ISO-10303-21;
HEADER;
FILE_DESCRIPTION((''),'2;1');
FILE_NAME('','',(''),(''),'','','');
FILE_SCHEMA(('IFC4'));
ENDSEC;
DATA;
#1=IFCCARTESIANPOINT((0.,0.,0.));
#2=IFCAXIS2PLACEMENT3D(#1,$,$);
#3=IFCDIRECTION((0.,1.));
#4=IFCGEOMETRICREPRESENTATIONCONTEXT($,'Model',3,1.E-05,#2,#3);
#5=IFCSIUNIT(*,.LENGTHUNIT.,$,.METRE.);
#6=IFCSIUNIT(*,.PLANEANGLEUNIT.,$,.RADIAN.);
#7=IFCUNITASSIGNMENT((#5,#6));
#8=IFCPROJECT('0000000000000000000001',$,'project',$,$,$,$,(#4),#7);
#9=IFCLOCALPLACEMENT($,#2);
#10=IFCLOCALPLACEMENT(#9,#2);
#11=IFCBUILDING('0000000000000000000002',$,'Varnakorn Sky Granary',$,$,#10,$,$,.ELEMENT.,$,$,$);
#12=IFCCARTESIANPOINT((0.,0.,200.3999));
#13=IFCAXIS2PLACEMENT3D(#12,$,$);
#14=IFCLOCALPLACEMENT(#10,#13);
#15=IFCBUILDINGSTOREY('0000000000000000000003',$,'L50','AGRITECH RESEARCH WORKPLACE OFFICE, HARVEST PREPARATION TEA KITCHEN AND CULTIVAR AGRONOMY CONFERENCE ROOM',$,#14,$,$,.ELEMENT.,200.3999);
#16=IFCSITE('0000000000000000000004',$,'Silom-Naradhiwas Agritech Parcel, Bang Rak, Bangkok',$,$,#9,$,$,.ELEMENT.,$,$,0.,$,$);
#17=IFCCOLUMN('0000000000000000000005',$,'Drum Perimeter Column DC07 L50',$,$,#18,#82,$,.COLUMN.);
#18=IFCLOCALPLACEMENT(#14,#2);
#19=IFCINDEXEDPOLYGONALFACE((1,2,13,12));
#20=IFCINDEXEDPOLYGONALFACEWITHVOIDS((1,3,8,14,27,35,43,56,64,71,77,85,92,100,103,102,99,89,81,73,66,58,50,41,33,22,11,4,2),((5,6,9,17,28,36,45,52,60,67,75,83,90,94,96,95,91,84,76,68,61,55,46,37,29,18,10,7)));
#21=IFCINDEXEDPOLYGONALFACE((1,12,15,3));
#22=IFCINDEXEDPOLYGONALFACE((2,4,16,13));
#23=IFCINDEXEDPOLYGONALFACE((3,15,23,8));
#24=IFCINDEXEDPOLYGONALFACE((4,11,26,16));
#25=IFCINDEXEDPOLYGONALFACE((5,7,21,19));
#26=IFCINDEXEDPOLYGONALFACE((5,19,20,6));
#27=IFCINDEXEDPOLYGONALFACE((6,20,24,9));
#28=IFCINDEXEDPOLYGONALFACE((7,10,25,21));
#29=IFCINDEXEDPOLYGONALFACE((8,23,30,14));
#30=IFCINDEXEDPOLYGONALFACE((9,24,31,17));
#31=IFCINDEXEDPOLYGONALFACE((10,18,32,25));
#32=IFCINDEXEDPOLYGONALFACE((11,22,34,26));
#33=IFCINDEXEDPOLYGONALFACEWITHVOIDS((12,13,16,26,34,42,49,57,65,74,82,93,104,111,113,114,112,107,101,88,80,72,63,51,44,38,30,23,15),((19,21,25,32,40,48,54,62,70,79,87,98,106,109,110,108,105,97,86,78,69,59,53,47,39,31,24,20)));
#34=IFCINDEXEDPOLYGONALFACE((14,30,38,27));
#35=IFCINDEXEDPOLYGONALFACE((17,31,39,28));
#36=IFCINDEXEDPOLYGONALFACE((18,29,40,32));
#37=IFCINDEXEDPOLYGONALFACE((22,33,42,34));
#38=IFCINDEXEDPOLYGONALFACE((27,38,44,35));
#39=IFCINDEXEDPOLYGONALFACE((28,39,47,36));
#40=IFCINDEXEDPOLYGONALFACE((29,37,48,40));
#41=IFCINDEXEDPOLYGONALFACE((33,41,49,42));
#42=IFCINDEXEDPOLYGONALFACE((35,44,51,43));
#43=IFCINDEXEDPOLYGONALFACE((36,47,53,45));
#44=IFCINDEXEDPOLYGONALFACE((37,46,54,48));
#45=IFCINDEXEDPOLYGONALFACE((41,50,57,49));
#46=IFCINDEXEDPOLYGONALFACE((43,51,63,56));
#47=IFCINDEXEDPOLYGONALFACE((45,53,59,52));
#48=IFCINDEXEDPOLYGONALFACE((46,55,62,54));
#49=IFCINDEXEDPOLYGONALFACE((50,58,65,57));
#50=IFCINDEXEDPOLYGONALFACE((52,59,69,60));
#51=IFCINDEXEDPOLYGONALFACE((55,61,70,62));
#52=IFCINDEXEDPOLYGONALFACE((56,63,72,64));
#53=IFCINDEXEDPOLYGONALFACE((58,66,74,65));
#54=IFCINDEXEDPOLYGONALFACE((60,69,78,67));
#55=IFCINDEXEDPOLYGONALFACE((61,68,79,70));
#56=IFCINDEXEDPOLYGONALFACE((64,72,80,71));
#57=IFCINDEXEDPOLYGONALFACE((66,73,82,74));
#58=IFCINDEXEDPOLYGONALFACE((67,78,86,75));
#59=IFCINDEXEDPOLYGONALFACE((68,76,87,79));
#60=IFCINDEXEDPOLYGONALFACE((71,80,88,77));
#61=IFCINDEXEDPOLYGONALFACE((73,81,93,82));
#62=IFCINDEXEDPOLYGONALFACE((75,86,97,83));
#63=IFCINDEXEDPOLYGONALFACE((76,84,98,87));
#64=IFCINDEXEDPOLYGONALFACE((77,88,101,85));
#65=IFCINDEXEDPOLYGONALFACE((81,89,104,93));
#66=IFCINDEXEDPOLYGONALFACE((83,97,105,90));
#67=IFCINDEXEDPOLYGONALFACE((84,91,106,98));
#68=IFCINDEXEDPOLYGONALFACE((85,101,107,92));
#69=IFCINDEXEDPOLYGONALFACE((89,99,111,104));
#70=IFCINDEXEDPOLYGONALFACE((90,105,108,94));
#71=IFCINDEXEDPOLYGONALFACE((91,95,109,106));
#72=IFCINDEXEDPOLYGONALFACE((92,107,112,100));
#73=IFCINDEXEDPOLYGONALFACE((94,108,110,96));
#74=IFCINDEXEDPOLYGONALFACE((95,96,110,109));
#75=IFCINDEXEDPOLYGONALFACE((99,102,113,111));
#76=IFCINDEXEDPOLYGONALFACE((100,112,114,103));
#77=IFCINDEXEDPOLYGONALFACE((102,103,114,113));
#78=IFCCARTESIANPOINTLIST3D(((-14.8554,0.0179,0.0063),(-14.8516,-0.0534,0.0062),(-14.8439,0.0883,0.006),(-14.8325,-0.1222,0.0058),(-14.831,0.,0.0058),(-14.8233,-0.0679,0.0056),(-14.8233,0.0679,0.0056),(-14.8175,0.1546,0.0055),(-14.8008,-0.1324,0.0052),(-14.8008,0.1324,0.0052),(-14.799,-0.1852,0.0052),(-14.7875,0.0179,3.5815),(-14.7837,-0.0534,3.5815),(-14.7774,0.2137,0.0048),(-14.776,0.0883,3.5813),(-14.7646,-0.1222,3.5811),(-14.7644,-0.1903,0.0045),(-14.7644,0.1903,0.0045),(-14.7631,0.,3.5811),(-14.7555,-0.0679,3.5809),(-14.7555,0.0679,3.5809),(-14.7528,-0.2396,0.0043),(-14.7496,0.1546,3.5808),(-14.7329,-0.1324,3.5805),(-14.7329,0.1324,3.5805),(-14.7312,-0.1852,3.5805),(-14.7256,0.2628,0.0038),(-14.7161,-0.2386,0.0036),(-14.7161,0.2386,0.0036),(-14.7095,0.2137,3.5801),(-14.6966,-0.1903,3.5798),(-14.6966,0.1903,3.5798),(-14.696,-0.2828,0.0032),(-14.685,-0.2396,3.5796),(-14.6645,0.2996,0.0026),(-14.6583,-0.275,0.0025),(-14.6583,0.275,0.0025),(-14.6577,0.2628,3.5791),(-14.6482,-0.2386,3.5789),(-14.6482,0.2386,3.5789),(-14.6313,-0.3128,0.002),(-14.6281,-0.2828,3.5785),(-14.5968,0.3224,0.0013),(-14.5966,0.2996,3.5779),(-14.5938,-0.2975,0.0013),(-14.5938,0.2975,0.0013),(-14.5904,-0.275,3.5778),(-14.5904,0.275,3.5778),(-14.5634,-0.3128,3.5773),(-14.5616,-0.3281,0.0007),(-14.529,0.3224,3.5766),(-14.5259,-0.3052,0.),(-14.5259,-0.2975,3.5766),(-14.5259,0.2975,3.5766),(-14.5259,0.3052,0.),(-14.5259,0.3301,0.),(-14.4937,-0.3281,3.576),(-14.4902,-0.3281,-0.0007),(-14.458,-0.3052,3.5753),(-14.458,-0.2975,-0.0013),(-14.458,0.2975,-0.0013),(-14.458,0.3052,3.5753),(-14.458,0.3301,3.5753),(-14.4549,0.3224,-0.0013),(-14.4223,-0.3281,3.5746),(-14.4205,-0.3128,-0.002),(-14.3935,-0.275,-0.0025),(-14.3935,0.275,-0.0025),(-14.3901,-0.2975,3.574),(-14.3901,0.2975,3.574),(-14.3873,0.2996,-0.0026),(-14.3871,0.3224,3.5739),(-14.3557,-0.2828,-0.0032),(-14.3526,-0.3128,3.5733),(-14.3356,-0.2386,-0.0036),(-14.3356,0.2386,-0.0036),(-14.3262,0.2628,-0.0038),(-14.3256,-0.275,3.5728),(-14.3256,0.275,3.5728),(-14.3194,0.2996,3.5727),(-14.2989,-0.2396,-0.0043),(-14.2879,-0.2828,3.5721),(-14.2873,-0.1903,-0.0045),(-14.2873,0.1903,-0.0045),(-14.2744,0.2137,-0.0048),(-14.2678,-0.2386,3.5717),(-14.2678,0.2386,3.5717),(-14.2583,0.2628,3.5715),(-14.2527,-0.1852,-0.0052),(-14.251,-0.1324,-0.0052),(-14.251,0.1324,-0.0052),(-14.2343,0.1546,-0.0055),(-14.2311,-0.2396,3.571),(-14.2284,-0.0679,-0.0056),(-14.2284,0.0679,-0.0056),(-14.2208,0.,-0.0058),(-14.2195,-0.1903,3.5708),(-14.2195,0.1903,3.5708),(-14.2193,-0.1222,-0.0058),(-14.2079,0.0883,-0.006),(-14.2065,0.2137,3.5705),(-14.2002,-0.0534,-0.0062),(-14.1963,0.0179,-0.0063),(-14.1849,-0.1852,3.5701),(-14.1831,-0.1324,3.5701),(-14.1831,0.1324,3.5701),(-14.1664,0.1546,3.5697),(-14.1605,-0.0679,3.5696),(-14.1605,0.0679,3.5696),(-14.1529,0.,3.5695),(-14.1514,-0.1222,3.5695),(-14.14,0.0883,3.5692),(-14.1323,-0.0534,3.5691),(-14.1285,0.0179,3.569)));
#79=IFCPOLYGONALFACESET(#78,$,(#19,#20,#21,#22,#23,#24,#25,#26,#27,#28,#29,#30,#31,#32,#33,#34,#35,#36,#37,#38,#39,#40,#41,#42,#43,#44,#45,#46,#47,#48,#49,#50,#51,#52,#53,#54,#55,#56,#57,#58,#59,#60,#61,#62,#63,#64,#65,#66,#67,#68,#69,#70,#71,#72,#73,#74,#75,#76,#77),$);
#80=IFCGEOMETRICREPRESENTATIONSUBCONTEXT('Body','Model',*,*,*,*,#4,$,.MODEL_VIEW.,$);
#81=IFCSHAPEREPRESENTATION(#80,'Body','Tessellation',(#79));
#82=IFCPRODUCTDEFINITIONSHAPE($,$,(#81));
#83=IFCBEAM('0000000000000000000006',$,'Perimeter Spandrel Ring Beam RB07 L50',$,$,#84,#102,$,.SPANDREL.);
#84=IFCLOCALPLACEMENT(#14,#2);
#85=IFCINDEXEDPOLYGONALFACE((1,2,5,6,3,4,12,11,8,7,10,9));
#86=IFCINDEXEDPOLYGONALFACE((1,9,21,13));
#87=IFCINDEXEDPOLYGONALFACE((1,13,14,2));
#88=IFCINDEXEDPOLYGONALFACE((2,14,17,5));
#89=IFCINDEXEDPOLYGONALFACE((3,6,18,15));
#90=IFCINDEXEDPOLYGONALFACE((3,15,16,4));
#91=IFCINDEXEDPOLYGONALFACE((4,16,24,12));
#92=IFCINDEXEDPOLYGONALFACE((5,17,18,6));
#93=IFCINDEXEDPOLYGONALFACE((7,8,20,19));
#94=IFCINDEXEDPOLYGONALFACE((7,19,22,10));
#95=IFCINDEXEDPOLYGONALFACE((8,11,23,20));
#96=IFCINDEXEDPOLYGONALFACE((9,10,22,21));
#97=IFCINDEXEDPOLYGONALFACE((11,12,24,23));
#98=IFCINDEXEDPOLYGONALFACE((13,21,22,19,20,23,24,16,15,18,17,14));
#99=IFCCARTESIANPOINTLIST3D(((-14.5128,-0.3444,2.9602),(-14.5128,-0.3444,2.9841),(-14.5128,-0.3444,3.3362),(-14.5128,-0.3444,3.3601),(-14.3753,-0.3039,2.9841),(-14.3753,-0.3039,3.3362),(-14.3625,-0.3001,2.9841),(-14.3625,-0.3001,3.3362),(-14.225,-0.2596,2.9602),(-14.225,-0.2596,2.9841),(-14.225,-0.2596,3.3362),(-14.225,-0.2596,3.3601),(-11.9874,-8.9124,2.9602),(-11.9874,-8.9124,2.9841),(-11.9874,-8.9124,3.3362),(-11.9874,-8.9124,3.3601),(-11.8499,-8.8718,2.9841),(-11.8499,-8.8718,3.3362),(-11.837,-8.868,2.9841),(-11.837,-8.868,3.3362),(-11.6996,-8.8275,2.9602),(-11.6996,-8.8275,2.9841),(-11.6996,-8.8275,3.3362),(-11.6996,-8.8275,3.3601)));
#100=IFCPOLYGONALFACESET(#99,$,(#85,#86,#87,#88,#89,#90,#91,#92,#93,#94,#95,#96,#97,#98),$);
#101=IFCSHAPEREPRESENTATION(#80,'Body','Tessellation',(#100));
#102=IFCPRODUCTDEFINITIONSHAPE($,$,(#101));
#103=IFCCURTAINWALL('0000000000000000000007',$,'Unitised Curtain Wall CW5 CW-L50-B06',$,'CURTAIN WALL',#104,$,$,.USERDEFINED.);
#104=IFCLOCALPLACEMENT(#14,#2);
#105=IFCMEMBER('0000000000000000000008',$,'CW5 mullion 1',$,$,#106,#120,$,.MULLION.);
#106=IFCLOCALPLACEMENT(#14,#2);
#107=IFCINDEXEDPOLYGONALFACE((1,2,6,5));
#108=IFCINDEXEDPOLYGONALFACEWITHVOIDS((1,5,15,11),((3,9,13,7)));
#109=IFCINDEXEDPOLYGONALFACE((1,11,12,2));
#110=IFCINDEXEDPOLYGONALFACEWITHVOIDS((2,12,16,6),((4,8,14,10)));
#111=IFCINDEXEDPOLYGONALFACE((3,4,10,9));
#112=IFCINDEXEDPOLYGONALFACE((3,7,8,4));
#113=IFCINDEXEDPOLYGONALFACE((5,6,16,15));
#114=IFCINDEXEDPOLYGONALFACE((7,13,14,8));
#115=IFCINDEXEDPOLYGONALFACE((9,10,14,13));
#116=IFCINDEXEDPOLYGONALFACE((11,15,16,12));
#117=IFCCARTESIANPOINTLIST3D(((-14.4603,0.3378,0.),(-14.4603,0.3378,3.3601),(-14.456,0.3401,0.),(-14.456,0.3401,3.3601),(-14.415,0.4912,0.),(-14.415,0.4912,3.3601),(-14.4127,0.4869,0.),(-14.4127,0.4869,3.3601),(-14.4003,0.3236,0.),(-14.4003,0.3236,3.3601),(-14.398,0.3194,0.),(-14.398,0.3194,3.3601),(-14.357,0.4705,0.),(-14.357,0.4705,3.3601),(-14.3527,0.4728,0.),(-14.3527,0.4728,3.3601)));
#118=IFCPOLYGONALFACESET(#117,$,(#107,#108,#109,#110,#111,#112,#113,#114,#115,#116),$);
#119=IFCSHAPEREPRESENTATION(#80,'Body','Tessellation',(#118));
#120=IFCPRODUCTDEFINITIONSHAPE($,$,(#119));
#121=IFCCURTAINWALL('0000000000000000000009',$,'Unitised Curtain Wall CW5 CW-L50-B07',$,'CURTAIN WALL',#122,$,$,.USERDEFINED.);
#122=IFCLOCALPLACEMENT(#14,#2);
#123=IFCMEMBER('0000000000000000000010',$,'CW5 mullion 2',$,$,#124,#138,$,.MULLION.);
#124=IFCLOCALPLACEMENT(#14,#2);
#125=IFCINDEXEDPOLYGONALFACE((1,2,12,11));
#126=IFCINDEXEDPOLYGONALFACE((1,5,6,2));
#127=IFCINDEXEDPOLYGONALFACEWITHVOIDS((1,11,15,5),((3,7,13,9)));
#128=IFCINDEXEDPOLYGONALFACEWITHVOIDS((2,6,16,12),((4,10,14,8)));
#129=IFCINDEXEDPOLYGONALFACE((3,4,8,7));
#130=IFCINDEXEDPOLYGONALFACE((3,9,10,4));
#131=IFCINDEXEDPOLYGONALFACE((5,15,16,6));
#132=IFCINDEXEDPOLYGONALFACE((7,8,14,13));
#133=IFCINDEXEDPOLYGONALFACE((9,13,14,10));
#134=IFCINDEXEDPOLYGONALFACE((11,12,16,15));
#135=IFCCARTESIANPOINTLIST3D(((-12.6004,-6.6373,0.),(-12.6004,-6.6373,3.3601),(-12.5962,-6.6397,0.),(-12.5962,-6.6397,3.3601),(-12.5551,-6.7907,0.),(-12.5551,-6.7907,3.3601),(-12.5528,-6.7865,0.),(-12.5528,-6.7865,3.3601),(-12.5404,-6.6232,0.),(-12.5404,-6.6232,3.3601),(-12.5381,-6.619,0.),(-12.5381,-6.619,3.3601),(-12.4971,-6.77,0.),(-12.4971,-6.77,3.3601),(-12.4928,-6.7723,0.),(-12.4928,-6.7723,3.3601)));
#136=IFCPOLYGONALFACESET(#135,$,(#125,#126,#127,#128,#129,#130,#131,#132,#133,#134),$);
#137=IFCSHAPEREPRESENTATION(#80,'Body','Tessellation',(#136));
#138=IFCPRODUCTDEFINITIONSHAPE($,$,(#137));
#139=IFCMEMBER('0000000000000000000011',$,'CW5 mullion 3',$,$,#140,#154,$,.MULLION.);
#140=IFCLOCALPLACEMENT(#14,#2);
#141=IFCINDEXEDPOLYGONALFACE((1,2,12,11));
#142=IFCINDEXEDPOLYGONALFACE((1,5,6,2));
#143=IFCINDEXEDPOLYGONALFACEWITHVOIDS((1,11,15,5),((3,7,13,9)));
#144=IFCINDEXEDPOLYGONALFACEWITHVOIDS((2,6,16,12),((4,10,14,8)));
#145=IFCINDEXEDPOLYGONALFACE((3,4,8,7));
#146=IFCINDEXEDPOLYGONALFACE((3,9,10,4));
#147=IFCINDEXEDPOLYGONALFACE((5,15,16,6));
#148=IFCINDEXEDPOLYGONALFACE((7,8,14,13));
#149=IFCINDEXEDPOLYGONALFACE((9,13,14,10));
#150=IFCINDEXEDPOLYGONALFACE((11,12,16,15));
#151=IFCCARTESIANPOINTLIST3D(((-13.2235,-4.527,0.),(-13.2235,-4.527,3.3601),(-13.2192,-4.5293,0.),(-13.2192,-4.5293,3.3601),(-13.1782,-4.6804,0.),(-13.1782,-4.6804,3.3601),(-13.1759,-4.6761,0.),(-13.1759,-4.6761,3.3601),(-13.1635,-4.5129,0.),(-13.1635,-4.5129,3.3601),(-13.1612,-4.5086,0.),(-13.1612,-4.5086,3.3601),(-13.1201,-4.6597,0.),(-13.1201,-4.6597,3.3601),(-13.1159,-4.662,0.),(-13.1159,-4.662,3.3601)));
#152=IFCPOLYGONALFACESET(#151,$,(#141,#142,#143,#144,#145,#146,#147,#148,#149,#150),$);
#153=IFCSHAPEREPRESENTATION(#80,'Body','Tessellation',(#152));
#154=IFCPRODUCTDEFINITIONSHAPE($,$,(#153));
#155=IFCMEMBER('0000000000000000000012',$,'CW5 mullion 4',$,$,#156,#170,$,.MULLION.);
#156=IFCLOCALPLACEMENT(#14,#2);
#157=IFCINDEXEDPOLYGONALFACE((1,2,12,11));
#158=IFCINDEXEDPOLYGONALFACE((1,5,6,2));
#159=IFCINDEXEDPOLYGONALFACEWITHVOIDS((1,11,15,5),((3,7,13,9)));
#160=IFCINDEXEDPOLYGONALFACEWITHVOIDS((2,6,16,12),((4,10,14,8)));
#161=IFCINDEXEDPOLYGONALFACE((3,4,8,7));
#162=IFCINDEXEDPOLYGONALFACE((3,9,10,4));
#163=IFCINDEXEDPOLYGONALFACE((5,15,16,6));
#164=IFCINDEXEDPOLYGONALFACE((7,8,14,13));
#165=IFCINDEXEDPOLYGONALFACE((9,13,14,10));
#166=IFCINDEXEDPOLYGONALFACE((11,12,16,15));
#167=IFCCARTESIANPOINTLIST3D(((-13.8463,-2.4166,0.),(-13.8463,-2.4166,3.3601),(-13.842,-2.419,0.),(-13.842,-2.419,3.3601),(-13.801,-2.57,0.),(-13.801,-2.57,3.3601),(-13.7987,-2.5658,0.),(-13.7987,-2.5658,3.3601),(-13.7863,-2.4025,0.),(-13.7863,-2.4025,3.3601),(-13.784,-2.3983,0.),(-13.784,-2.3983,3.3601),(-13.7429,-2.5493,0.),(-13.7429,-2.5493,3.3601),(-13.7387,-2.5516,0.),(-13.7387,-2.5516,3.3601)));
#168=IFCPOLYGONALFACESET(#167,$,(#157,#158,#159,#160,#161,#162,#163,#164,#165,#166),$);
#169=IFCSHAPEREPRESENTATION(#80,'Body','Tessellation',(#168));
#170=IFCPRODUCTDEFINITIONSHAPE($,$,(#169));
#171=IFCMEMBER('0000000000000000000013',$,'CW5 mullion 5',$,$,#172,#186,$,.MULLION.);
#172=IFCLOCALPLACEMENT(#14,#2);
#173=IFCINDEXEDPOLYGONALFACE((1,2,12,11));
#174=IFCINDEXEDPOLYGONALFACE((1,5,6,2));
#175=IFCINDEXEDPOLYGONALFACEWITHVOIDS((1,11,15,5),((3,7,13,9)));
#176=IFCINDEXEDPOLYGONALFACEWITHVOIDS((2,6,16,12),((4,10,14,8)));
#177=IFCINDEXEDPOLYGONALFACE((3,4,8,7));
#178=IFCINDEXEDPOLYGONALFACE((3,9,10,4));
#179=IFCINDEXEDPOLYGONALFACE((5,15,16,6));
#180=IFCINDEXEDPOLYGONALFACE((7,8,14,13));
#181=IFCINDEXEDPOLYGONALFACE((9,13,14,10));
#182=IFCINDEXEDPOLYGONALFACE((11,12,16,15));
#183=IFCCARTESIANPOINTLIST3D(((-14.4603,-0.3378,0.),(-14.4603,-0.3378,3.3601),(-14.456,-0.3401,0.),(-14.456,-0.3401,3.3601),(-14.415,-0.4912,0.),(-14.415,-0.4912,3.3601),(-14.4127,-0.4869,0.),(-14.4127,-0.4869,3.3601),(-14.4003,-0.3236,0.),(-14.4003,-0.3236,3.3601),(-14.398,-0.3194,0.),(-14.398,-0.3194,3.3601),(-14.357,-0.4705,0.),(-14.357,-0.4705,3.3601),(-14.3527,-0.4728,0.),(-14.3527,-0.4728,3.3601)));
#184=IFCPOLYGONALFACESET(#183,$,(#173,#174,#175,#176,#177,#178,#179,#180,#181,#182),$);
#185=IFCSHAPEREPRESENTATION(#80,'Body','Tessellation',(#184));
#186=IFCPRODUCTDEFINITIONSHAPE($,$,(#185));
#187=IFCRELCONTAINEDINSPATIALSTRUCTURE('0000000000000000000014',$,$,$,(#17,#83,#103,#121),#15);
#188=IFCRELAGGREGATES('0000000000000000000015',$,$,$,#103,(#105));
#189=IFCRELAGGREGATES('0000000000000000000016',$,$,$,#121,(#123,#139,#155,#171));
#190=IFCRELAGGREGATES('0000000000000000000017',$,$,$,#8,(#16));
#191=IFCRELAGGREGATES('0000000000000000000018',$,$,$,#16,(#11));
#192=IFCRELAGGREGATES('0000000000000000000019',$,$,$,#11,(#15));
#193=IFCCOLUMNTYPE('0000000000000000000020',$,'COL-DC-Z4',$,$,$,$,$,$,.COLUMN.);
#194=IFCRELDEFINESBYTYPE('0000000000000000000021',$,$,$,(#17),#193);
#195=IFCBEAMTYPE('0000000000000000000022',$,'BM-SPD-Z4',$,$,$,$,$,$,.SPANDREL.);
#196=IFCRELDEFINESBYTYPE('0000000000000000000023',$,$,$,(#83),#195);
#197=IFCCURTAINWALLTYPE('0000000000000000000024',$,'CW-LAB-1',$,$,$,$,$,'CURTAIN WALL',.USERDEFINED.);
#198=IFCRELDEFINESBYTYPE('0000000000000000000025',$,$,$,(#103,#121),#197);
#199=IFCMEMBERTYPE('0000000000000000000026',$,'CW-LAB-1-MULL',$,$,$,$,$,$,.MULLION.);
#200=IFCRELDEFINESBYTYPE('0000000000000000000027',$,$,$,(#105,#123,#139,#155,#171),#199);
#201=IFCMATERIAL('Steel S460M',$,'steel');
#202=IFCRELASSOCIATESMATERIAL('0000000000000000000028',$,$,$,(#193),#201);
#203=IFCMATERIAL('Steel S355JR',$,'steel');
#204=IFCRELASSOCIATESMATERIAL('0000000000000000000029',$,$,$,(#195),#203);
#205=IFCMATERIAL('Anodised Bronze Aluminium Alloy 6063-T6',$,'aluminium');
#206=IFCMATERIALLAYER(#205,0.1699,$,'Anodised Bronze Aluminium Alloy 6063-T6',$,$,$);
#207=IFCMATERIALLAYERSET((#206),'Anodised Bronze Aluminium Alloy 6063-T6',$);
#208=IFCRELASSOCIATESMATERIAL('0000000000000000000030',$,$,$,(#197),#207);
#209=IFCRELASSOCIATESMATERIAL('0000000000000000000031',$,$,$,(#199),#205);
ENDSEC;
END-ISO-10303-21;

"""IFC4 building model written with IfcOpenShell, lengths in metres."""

from ifc_helpers import new_model, si_unit, direction, frame, origin, origin_2d, place, context, subcontext, project, spatial, hollow_rectangle, hollow_circle, i_section, extrude, material, layer, layer_set, material_profile, profile_set, type_object, element, aggregate, save


model = new_model("IFC4")

# Units and contexts
model_context = context("Model", 3, precision=1e-05, world=origin(), true_north=direction((0.0, 1.0)))
body_context = subcontext(model_context, "Body", "Model", "MODEL_VIEW")
ifc_project = project(units=[si_unit("LENGTHUNIT", "METRE"), si_unit("PLANEANGLEUNIT", "RADIAN")], contexts=[model_context])

# Site, building, storey
site_placement = place(None, origin())
site = spatial("IfcSite", under=ifc_project, at=site_placement, Name="Silom-Naradhiwas Agritech Parcel, Bang Rak, Bangkok", CompositionType="ELEMENT", RefElevation=0.0)
building_placement = place(site_placement, origin())
building = spatial("IfcBuilding", under=site, at=building_placement, Name="Varnakorn Sky Granary", CompositionType="ELEMENT")
storey_placement = place(building_placement, frame((0.0, 0.0, 200.3999)))
storey = spatial("IfcBuildingStorey", under=building, at=storey_placement, Name="L50", Description="AGRITECH RESEARCH WORKPLACE OFFICE, HARVEST PREPARATION TEA KITCHEN AND CULTIVAR AGRONOMY CONFERENCE ROOM", CompositionType="ELEMENT", Elevation=200.3999)

# Column
ifc_material_1 = material(Name="Steel S460M", Category="steel")
ifc_material_profile_1 = material_profile(ifc_material_1, hollow_circle(Radius=0.3301, WallThickness=0.0249, at=origin_2d()), Name="CHS 660x25")
ifc_profile_set_1 = profile_set([ifc_material_profile_1], Name="Steel S460M")
column_type = type_object("IfcColumnType", Name="COL-DC-Z4", PredefinedType="COLUMN", material=ifc_profile_set_1)
column_placement = place(storey_placement, frame((-14.5259, 0.0, 0.0), z_axis=(0.01898, 0.0, 0.99982), x_axis=(0.0, 1.0, 0.0)))
element("IfcColumn", 1, at=column_placement, inside=storey, type_object=column_type, Name="Drum Perimeter Column DC07 L50", PredefinedType="COLUMN", context=body_context, shape_type="SweptSolid", body=[
    extrude(hollow_circle(Radius=0.3301, WallThickness=0.0249, at=origin_2d()), origin(), (0.0, 0.0, 1.0), 3.5759),
])

# Beam
ifc_material_2 = material(Name="Steel S355JR", Category="steel")
ifc_material_profile_2 = material_profile(ifc_material_2, i_section(OverallWidth=0.3, OverallDepth=0.3999, WebThickness=0.0134, FlangeThickness=0.0239, at=origin_2d()), Name="HE 400 B")
ifc_profile_set_2 = profile_set([ifc_material_profile_2], Name="Steel S355JR")
beam_type = type_object("IfcBeamType", Name="BM-SPD-Z4", PredefinedType="SPANDREL", material=ifc_profile_set_2)
beam_placement = place(storey_placement, frame((-14.3689, -0.302, 3.1602), z_axis=(0.282726, -0.959201, 0.0), x_axis=(0.959201, 0.282726, 0.0)))
element("IfcBeam", 2, at=beam_placement, inside=storey, type_object=beam_type, Name="Perimeter Spandrel Ring Beam RB07 L50", PredefinedType="SPANDREL", context=body_context, shape_type="SweptSolid", body=[
    extrude(i_section(OverallWidth=0.3, OverallDepth=0.3999, WebThickness=0.0134, FlangeThickness=0.0239, at=origin_2d()), origin(), (0.0, 0.0, 1.0), 8.9324),
])

# Curtain wall, member
ifc_material_3 = material(Name="Anodised Bronze Aluminium Alloy 6063-T6", Category="aluminium")
ifc_layer_1 = layer(ifc_material_3, 0.1699, Name="Anodised Bronze Aluminium Alloy 6063-T6")
ifc_layer_set_1 = layer_set([ifc_layer_1], Name="Anodised Bronze Aluminium Alloy 6063-T6")
curtain_wall_type = type_object("IfcCurtainWallType", Name="CW-LAB-1", ElementType="CURTAIN WALL", PredefinedType="USERDEFINED", material=ifc_layer_set_1)
curtain_wall_1_placement = place(storey_placement, origin())
curtain_wall_1 = element("IfcCurtainWall", 3, at=curtain_wall_1_placement, inside=storey, type_object=curtain_wall_type, Name="Unitised Curtain Wall CW5 CW-L50-B06", ObjectType="CURTAIN WALL", PredefinedType="USERDEFINED")
ifc_material_profile_3 = material_profile(ifc_material_3, hollow_rectangle(XDim=0.0649, YDim=0.1599, WallThickness=0.0034, at=origin_2d()), Name="ALU MULL 65x160")
ifc_profile_set_3 = profile_set([ifc_material_profile_3], Name="Anodised Bronze Aluminium Alloy 6063-T6")
member_type_1 = type_object("IfcMemberType", Name="CW-LAB-1-MULL", PredefinedType="MULLION", material=ifc_profile_set_3)
member_1_placement = place(storey_placement, frame((-14.4065, 0.4053, 0.0), z_axis=(0.0, 0.0, 1.0), x_axis=(-0.959077, 0.283144, 0.0)))
member_1 = element("IfcMember", 4, at=member_1_placement, type_object=member_type_1, Name="CW5 mullion 1", PredefinedType="MULLION", context=body_context, shape_type="SweptSolid", body=[
    extrude(hollow_rectangle(XDim=0.0649, YDim=0.1599, WallThickness=0.0034, at=origin_2d()), origin(), (0.0, 0.0, 1.0), 3.3601),
])

# Curtain wall, members
curtain_wall_2_placement = place(storey_placement, origin())
curtain_wall_2 = element("IfcCurtainWall", 5, at=curtain_wall_2_placement, inside=storey, type_object=curtain_wall_type, Name="Unitised Curtain Wall CW5 CW-L50-B07", ObjectType="CURTAIN WALL", PredefinedType="USERDEFINED")
member_2_placement = place(storey_placement, frame((-12.5466, -6.7048, 0.0), z_axis=(0.0, 0.0, 1.0), x_axis=(-0.959077, -0.283144, 0.0)))
member_2 = element("IfcMember", 6, at=member_2_placement, type_object=member_type_1, Name="CW5 mullion 2", PredefinedType="MULLION", context=body_context, shape_type="SweptSolid", body=[
    extrude(hollow_rectangle(XDim=0.0649, YDim=0.1599, WallThickness=0.0034, at=origin_2d()), origin(), (0.0, 0.0, 1.0), 3.3601),
])
member_3_placement = place(storey_placement, frame((-13.1697, -4.5945, 0.0), z_axis=(0.0, 0.0, 1.0), x_axis=(-0.959077, -0.283144, 0.0)))
member_3 = element("IfcMember", 7, at=member_3_placement, type_object=member_type_1, Name="CW5 mullion 3", PredefinedType="MULLION", context=body_context, shape_type="SweptSolid", body=[
    extrude(hollow_rectangle(XDim=0.0649, YDim=0.1599, WallThickness=0.0034, at=origin_2d()), origin(), (0.0, 0.0, 1.0), 3.3601),
])
member_4_placement = place(storey_placement, frame((-13.7925, -2.4841, 0.0), z_axis=(0.0, 0.0, 1.0), x_axis=(-0.959077, -0.283144, 0.0)))
member_4 = element("IfcMember", 8, at=member_4_placement, type_object=member_type_1, Name="CW5 mullion 4", PredefinedType="MULLION", context=body_context, shape_type="SweptSolid", body=[
    extrude(hollow_rectangle(XDim=0.0649, YDim=0.1599, WallThickness=0.0034, at=origin_2d()), origin(), (0.0, 0.0, 1.0), 3.3601),
])
member_5_placement = place(storey_placement, frame((-14.4065, -0.4053, 0.0), z_axis=(0.0, 0.0, 1.0), x_axis=(-0.959077, -0.283144, 0.0)))
member_5 = element("IfcMember", 9, at=member_5_placement, type_object=member_type_1, Name="CW5 mullion 5", PredefinedType="MULLION", context=body_context, shape_type="SweptSolid", body=[
    extrude(hollow_rectangle(XDim=0.0649, YDim=0.1599, WallThickness=0.0034, at=origin_2d()), origin(), (0.0, 0.0, 1.0), 3.3601),
])

aggregate(curtain_wall_1, [member_1])

aggregate(curtain_wall_2, [member_2, member_3, member_4, member_5])

save(model, "model.ifc")
